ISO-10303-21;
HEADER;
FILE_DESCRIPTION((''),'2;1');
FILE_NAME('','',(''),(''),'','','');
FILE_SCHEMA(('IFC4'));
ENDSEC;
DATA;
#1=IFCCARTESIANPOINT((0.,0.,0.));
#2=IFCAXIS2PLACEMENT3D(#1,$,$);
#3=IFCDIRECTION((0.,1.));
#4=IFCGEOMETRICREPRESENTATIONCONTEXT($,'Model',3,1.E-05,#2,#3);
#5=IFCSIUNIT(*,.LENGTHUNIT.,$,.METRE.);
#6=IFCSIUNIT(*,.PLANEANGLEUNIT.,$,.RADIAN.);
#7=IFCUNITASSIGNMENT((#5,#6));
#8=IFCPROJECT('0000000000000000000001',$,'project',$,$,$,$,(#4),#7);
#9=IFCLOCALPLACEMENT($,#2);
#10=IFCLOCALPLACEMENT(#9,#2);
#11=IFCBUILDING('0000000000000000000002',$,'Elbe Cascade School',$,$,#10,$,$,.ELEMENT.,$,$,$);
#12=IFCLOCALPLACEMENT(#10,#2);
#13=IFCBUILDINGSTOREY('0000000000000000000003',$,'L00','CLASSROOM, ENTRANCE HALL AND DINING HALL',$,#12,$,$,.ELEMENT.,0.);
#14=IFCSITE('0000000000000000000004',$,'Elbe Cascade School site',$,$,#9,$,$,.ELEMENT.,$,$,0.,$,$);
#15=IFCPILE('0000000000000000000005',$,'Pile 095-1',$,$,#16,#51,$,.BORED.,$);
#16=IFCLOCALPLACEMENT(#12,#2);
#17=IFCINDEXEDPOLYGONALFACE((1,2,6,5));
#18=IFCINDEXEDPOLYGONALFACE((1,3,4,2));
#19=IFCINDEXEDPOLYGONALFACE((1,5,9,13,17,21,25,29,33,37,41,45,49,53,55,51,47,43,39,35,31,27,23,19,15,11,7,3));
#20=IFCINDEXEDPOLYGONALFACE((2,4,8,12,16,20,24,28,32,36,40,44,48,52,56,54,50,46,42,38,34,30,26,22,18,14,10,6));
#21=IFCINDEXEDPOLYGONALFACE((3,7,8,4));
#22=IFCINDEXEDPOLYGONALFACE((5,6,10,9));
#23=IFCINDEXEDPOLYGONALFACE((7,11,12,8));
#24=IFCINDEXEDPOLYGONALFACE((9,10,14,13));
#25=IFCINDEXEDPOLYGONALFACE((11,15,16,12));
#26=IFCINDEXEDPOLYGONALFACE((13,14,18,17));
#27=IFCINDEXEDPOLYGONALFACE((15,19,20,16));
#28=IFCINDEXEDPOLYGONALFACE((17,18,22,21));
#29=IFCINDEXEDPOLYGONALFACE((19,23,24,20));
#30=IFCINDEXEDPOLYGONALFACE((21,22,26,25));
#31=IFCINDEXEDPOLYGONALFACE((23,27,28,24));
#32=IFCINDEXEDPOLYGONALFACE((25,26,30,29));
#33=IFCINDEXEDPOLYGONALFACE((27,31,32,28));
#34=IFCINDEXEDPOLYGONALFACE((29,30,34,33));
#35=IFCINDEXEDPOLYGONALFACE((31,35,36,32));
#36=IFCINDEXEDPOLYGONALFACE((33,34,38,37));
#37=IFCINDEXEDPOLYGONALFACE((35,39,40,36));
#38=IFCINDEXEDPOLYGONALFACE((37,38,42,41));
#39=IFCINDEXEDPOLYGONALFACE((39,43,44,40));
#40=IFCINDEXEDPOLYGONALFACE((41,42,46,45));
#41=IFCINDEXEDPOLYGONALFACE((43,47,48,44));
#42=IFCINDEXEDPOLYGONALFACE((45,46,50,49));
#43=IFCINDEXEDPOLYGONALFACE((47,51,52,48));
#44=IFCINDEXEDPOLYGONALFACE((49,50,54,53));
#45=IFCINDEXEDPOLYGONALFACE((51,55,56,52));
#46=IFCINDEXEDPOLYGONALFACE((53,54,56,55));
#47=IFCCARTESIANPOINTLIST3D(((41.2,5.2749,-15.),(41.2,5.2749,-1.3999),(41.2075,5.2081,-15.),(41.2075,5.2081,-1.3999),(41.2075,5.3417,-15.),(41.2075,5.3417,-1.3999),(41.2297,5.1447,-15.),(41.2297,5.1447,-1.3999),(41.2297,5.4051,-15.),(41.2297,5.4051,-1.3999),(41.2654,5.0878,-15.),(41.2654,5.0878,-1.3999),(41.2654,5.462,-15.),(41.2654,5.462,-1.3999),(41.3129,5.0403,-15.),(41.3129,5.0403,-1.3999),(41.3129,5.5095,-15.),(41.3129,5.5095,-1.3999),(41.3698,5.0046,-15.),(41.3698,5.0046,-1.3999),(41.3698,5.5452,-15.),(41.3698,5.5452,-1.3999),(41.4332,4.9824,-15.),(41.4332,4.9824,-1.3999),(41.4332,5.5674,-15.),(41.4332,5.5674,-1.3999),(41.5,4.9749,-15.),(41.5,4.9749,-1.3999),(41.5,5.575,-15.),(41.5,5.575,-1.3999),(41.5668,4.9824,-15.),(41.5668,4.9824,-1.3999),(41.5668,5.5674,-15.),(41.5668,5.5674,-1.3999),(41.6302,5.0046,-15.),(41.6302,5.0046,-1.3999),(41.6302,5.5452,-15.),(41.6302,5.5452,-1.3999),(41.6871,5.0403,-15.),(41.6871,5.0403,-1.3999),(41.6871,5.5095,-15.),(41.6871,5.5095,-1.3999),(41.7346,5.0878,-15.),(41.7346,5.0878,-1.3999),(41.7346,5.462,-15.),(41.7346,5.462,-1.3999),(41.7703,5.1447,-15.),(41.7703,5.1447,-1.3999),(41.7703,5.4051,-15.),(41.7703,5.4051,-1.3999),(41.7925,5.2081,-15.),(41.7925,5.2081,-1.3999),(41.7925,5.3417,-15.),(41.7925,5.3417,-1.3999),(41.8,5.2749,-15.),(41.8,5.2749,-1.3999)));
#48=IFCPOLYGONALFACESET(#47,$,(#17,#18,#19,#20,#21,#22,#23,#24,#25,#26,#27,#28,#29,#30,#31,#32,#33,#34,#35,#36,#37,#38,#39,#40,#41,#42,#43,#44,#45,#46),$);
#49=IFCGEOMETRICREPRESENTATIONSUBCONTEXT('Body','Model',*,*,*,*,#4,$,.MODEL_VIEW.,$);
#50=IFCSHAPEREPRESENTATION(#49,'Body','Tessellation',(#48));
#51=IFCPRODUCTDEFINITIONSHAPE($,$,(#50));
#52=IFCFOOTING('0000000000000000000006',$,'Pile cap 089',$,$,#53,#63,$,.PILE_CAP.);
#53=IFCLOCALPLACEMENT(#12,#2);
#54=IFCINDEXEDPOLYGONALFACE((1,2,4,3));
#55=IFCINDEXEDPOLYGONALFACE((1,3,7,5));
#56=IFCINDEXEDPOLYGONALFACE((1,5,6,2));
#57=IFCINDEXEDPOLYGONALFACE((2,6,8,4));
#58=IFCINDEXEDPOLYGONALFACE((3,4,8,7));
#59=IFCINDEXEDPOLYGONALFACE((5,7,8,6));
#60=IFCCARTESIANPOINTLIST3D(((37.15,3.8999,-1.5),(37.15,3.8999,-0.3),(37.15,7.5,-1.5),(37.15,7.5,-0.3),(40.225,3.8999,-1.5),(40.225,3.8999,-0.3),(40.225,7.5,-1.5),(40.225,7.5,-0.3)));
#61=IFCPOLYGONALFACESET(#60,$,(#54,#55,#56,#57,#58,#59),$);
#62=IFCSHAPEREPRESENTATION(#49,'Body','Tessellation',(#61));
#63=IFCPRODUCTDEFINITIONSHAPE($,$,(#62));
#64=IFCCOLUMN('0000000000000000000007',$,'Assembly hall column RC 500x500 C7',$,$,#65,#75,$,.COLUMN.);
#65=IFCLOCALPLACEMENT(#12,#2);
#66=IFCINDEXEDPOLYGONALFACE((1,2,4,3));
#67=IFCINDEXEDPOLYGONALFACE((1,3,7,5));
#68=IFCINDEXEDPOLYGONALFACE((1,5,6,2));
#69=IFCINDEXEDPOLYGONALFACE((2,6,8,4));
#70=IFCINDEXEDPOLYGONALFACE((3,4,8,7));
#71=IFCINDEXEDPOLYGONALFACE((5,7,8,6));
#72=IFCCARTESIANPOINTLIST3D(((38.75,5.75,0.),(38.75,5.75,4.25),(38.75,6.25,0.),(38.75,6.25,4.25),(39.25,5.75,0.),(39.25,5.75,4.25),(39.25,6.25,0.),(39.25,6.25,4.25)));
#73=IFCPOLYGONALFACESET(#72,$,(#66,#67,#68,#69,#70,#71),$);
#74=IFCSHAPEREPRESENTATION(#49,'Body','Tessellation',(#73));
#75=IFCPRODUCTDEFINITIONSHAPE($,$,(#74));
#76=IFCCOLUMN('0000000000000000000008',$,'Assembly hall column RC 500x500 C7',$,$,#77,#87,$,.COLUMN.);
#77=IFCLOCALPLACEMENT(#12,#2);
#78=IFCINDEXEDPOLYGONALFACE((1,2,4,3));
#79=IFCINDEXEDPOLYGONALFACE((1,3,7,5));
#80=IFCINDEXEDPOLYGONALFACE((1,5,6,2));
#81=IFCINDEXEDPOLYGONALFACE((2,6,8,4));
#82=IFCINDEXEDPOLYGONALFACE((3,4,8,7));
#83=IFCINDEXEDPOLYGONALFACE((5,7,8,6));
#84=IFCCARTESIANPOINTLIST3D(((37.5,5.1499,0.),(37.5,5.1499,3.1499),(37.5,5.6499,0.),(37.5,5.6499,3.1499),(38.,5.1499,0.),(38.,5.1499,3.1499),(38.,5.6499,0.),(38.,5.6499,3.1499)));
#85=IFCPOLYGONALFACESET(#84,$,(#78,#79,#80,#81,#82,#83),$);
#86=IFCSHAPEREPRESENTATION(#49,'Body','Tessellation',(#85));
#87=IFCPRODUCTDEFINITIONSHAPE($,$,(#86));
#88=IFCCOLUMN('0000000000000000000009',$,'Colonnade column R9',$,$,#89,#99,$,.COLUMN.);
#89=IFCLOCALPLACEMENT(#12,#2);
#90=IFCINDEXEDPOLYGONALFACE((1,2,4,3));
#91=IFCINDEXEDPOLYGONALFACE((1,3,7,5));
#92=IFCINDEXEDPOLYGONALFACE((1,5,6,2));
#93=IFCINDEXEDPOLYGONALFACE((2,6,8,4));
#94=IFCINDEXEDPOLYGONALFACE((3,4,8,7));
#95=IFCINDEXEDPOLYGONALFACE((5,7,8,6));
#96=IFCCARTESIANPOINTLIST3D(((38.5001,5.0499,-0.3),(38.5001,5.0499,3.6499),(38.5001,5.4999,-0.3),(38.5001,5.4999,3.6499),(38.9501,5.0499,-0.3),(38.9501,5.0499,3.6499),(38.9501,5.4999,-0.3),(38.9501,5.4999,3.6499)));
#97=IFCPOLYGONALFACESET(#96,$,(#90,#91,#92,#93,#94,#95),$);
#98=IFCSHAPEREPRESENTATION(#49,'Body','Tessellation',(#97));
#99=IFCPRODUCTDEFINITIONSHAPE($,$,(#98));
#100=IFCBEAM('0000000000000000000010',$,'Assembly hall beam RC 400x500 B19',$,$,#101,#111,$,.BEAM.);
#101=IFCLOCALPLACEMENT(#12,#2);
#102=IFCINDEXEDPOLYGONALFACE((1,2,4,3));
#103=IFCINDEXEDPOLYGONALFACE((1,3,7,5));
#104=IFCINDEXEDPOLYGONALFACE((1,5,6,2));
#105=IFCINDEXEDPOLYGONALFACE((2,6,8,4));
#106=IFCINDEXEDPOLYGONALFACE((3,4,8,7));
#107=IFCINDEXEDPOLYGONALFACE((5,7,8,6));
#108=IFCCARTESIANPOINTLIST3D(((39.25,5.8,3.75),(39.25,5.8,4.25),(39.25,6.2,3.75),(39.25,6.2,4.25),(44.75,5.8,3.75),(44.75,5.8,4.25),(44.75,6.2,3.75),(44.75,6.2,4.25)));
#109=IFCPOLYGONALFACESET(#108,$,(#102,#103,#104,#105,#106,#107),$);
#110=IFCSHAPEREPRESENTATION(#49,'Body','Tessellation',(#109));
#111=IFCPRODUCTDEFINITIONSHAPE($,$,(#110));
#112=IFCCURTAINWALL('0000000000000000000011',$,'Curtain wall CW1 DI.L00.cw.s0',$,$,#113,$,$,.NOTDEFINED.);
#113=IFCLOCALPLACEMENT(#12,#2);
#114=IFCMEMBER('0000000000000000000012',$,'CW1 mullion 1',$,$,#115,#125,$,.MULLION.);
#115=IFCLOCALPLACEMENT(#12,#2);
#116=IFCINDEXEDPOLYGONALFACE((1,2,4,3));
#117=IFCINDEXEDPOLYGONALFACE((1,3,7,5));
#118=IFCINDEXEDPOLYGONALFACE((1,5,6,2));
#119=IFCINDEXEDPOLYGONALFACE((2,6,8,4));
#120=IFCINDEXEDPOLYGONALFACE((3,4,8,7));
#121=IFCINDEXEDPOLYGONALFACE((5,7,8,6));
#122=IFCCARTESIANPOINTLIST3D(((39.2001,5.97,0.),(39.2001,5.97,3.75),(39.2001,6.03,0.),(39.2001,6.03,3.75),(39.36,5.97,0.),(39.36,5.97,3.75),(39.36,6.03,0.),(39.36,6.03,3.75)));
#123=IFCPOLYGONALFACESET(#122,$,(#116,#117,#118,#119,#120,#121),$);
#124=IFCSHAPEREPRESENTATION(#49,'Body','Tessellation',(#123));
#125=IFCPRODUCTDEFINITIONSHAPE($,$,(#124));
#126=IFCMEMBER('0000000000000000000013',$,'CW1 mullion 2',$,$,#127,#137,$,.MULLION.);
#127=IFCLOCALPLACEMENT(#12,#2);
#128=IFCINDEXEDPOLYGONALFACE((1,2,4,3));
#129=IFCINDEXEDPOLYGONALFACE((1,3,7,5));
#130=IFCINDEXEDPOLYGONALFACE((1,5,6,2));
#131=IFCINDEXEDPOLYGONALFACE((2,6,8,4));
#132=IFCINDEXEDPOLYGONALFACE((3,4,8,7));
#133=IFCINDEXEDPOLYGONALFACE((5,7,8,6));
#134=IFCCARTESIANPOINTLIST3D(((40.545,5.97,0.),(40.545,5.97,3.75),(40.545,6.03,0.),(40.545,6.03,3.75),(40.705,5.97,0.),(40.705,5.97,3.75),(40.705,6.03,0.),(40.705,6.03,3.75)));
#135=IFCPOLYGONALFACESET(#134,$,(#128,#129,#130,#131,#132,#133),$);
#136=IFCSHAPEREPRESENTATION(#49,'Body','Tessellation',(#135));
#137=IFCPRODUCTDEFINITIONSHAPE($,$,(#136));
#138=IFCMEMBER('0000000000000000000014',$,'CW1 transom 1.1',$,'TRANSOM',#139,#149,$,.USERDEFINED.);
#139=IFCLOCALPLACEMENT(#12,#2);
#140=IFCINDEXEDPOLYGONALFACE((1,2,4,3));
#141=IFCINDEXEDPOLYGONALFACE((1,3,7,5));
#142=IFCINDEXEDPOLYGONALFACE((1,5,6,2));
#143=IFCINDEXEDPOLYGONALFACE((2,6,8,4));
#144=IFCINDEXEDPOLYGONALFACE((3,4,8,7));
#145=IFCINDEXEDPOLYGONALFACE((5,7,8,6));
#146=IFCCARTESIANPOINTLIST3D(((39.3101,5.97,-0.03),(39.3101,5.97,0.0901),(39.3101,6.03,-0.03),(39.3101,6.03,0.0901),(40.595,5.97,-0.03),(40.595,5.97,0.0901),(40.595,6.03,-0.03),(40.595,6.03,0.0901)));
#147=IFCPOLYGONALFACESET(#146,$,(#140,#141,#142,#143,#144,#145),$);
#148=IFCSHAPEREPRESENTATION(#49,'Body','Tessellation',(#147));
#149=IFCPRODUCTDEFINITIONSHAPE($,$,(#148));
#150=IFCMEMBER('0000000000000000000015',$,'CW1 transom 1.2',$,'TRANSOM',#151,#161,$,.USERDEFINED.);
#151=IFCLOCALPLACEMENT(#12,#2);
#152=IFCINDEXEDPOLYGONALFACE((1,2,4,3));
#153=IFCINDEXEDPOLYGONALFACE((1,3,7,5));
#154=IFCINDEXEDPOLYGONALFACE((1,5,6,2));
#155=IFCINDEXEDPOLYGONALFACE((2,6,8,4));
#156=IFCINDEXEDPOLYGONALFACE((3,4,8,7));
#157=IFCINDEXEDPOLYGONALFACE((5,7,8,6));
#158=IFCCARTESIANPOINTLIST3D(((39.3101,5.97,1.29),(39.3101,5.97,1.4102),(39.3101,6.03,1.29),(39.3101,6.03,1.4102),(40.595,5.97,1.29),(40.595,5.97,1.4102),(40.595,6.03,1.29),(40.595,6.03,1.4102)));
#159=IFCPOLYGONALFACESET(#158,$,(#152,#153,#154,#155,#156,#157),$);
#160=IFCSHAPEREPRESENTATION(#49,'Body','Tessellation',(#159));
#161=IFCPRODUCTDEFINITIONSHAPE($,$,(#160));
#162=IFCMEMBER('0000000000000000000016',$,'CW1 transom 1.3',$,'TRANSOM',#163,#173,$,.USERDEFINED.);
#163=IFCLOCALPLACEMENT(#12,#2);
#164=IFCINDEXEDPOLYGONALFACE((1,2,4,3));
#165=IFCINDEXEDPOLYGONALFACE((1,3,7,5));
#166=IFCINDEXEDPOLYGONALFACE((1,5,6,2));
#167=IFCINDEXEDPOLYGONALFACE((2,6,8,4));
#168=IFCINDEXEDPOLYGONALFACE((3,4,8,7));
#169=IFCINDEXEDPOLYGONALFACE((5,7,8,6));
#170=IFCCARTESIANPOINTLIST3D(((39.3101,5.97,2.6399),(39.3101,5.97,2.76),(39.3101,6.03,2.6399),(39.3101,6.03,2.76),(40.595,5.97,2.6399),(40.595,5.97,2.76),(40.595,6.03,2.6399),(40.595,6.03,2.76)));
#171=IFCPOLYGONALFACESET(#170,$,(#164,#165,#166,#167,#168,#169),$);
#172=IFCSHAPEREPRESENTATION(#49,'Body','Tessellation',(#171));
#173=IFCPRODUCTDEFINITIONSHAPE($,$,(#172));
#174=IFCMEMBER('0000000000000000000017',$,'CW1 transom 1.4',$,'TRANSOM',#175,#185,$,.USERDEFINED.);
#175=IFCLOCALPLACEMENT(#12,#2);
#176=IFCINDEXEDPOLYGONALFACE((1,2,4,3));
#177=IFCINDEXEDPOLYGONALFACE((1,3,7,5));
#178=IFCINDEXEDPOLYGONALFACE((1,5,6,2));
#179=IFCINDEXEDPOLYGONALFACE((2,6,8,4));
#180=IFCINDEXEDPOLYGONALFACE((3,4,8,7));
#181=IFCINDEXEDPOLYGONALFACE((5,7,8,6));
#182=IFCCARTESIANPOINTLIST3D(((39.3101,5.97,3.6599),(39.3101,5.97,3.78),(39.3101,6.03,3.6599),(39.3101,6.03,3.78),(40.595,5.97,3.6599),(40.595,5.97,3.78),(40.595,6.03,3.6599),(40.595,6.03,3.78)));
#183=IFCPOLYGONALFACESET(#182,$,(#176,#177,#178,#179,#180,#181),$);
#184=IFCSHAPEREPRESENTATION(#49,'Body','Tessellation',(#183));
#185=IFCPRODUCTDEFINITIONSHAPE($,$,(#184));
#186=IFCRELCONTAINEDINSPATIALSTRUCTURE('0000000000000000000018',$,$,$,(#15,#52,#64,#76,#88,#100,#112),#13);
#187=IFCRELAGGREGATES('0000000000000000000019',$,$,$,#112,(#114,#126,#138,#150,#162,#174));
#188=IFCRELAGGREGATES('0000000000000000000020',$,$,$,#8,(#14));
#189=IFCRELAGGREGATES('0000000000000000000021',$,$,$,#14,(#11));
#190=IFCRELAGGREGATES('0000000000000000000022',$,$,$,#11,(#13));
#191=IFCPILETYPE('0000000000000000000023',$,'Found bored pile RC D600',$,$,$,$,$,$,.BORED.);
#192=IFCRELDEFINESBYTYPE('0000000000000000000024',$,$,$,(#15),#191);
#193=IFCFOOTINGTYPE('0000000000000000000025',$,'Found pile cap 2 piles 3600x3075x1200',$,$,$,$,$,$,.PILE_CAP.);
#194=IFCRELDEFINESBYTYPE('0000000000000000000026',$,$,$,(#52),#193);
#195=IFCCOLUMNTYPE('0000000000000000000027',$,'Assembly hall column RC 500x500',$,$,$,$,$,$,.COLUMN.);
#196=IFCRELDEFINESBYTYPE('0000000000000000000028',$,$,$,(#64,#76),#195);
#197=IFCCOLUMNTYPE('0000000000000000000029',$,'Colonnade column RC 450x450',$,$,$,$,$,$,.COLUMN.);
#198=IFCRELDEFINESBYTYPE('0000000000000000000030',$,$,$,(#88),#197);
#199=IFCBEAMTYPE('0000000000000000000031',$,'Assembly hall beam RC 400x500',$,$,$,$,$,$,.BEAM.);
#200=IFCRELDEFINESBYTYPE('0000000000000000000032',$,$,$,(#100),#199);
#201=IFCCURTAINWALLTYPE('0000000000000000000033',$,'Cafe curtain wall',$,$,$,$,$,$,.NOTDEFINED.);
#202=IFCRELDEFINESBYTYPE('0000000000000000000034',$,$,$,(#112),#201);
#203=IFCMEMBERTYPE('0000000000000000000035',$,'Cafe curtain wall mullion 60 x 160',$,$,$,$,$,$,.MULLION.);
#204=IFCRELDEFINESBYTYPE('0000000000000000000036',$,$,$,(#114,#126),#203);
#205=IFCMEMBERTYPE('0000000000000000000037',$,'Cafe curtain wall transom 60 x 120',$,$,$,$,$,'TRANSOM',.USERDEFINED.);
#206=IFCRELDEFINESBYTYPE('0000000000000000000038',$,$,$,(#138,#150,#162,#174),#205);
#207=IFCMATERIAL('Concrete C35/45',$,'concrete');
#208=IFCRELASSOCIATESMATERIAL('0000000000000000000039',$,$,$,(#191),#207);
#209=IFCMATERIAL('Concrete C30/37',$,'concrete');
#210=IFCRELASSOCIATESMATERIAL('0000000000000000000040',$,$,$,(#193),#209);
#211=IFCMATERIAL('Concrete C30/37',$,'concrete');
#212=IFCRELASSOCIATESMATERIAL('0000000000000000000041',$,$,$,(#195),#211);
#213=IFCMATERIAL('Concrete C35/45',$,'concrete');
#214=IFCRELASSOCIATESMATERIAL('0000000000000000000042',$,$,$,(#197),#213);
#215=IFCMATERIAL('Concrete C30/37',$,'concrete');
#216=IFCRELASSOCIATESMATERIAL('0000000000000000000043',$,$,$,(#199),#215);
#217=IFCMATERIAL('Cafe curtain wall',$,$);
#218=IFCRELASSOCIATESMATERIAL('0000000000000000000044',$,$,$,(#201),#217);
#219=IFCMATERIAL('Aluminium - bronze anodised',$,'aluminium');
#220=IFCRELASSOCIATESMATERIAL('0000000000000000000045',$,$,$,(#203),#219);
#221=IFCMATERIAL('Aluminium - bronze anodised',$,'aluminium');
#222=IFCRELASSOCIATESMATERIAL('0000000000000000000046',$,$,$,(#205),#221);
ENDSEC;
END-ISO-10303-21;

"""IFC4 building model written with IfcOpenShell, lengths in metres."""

from ifc_helpers import new_model, si_unit, direction, frame, origin, origin_2d, place, context, subcontext, project, spatial, rectangle, circle, extrude, material, material_profile, profile_set, type_object, element, aggregate, save


model = new_model("IFC4")

# Units and contexts
model_context = context("Model", 3, precision=1e-05, world=origin(), true_north=direction((0.0, 1.0)))
body_context = subcontext(model_context, "Body", "Model", "MODEL_VIEW")
ifc_project = project(units=[si_unit("LENGTHUNIT", "METRE"), si_unit("PLANEANGLEUNIT", "RADIAN")], contexts=[model_context])

# Site, building, storey
site_placement = place(None, origin())
site = spatial("IfcSite", under=ifc_project, at=site_placement, Name="Elbe Cascade School site", CompositionType="ELEMENT", RefElevation=0.0)
building_placement = place(site_placement, origin())
building = spatial("IfcBuilding", under=site, at=building_placement, Name="Elbe Cascade School", CompositionType="ELEMENT")
storey_placement = place(building_placement, origin())
storey = spatial("IfcBuildingStorey", under=building, at=storey_placement, Name="L00", Description="CLASSROOM, ENTRANCE HALL AND DINING HALL", CompositionType="ELEMENT", Elevation=0.0)

# Pile
ifc_material_1 = material(Name="Concrete C35/45", Category="concrete")
ifc_material_profile_1 = material_profile(ifc_material_1, circle(Radius=0.3, at=origin_2d()), Name="RC D600")
ifc_profile_set_1 = profile_set([ifc_material_profile_1], Name="Concrete C35/45")
pile_type = type_object("IfcPileType", Name="Found bored pile RC D600", PredefinedType="BORED", material=ifc_profile_set_1)
pile_placement = place(storey_placement, frame((41.5, 5.2749, -1.3999), z_axis=(0.0, 0.0, -1.0), x_axis=(1.0, 0.0, 0.0)))
element("IfcPile", 1, at=pile_placement, inside=storey, type_object=pile_type, Name="Pile 095-1", PredefinedType="BORED", context=body_context, shape_type="SweptSolid", body=[
    extrude(circle(Radius=0.3, at=origin_2d()), origin(), (0.0, 0.0, 1.0), 13.6001),
])

# Footing
ifc_material_2 = material(Name="Concrete C30/37", Category="concrete")
footing_type = type_object("IfcFootingType", Name="Found pile cap 2 piles 3600x3075x1200", PredefinedType="PILE_CAP", material=ifc_material_2)
footing_placement = place(storey_placement, frame((38.6875, 5.7, -1.5), z_axis=(0.0, 0.0, 1.0), x_axis=(1.0, 0.0, 0.0)))
element("IfcFooting", 2, at=footing_placement, inside=storey, type_object=footing_type, Name="Pile cap 089", PredefinedType="PILE_CAP", context=body_context, shape_type="SweptSolid", body=[
    extrude(rectangle(XDim=3.075, YDim=3.6001, at=origin_2d()), origin(), (0.0, 0.0, 1.0), 1.2),
])

# Columns
ifc_material_3 = material(Name="Concrete C30/37", Category="concrete")
ifc_material_profile_2 = material_profile(ifc_material_3, rectangle(XDim=0.5, YDim=0.5, at=origin_2d()), Name="RC 500x500")
ifc_profile_set_2 = profile_set([ifc_material_profile_2], Name="Concrete C30/37")
column_type_1 = type_object("IfcColumnType", Name="Assembly hall column RC 500x500", PredefinedType="COLUMN", material=ifc_profile_set_2)
column_1_placement = place(storey_placement, frame((39.0, 6.0, 0.0), z_axis=(0.0, 0.0, 1.0), x_axis=(1.0, 0.0, 0.0)))
element("IfcColumn", 3, at=column_1_placement, inside=storey, type_object=column_type_1, Name="Assembly hall column RC 500x500 C7", PredefinedType="COLUMN", context=body_context, shape_type="SweptSolid", body=[
    extrude(rectangle(XDim=0.5, YDim=0.5, at=origin_2d()), origin(), (0.0, 0.0, 1.0), 4.25),
])
column_2_placement = place(storey_placement, frame((37.75, 5.3999, 0.0), z_axis=(0.0, 0.0, 1.0), x_axis=(1.0, 0.0, 0.0)))
element("IfcColumn", 4, at=column_2_placement, inside=storey, type_object=column_type_1, Name="Assembly hall column RC 500x500 C7", PredefinedType="COLUMN", context=body_context, shape_type="SweptSolid", body=[
    extrude(rectangle(XDim=0.5, YDim=0.5, at=origin_2d()), origin(), (0.0, 0.0, 1.0), 3.1499),
])
ifc_material_4 = material(Name="Concrete C35/45", Category="concrete")
ifc_material_profile_3 = material_profile(ifc_material_4, rectangle(XDim=0.45, YDim=0.45, at=origin_2d()), Name="RC 450x450")
ifc_profile_set_3 = profile_set([ifc_material_profile_3], Name="Concrete C35/45")
column_type_2 = type_object("IfcColumnType", Name="Colonnade column RC 450x450", PredefinedType="COLUMN", material=ifc_profile_set_3)
column_3_placement = place(storey_placement, frame((38.7251, 5.2749, -0.3), z_axis=(0.0, 0.0, 1.0), x_axis=(1.0, 0.0, 0.0)))
element("IfcColumn", 5, at=column_3_placement, inside=storey, type_object=column_type_2, Name="Colonnade column R9", PredefinedType="COLUMN", context=body_context, shape_type="SweptSolid", body=[
    extrude(rectangle(XDim=0.45, YDim=0.45, at=origin_2d()), origin(), (0.0, 0.0, 1.0), 3.95),
])

# Beam
ifc_material_5 = material(Name="Concrete C30/37", Category="concrete")
ifc_material_profile_4 = material_profile(ifc_material_5, rectangle(XDim=0.3999, YDim=0.5, at=origin_2d()), Name="RC 400x500")
ifc_profile_set_4 = profile_set([ifc_material_profile_4], Name="Concrete C30/37")
beam_type_1 = type_object("IfcBeamType", Name="Assembly hall beam RC 400x500", PredefinedType="BEAM", material=ifc_profile_set_4)
beam_1_placement = place(storey_placement, frame((39.25, 6.0, 4.0), z_axis=(1.0, 0.0, 0.0), x_axis=(0.0, 1.0, 0.0)))
element("IfcBeam", 6, at=beam_1_placement, inside=storey, type_object=beam_type_1, Name="Assembly hall beam RC 400x500 B19", PredefinedType="BEAM", context=body_context, shape_type="SweptSolid", body=[
    extrude(rectangle(XDim=0.3999, YDim=0.5, at=origin_2d()), origin(), (0.0, 0.0, 1.0), 5.5),
])

# Curtain wall, members
ifc_material_6 = material(Name="Cafe curtain wall")
curtain_wall_type = type_object("IfcCurtainWallType", Name="Cafe curtain wall", PredefinedType="NOTDEFINED", material=ifc_material_6)
curtain_wall_placement = place(storey_placement, origin())
curtain_wall = element("IfcCurtainWall", 7, at=curtain_wall_placement, inside=storey, type_object=curtain_wall_type, Name="Curtain wall CW1 DI.L00.cw.s0", PredefinedType="NOTDEFINED")
ifc_material_7 = material(Name="Aluminium - bronze anodised", Category="aluminium")
ifc_material_profile_5 = material_profile(ifc_material_7, rectangle(XDim=0.0601, YDim=0.1599, at=origin_2d()), Name="RECT 60x160")
ifc_profile_set_5 = profile_set([ifc_material_profile_5], Name="Aluminium - bronze anodised")
member_type_1 = type_object("IfcMemberType", Name="Cafe curtain wall mullion 60 x 160", PredefinedType="MULLION", material=ifc_profile_set_5)
member_1_placement = place(storey_placement, frame((39.28, 6.0, 0.0), z_axis=(0.0, 0.0, 1.0), x_axis=(0.0, 1.0, 0.0)))
member_1 = element("IfcMember", 8, at=member_1_placement, type_object=member_type_1, Name="CW1 mullion 1", PredefinedType="MULLION", context=body_context, shape_type="SweptSolid", body=[
    extrude(rectangle(XDim=0.0601, YDim=0.1599, at=origin_2d()), origin(), (0.0, 0.0, 1.0), 3.75),
])
member_2_placement = place(storey_placement, frame((40.625, 6.0, 0.0), z_axis=(0.0, 0.0, 1.0), x_axis=(0.0, 1.0, 0.0)))
member_2 = element("IfcMember", 9, at=member_2_placement, type_object=member_type_1, Name="CW1 mullion 2", PredefinedType="MULLION", context=body_context, shape_type="SweptSolid", body=[
    extrude(rectangle(XDim=0.0601, YDim=0.1599, at=origin_2d()), origin(), (0.0, 0.0, 1.0), 3.75),
])
ifc_material_8 = material(Name="Aluminium - bronze anodised", Category="aluminium")
ifc_material_profile_6 = material_profile(ifc_material_8, rectangle(XDim=0.0601, YDim=0.1201, at=origin_2d()), Name="RECT 60x120")
ifc_profile_set_6 = profile_set([ifc_material_profile_6], Name="Aluminium - bronze anodised")
member_type_2 = type_object("IfcMemberType", Name="Cafe curtain wall transom 60 x 120", ElementType="TRANSOM", PredefinedType="USERDEFINED", material=ifc_profile_set_6)
member_3_placement = place(storey_placement, frame((39.3101, 6.0, 0.03), z_axis=(1.0, 0.0, 0.0), x_axis=(0.0, 1.0, 0.0)))
member_3 = element("IfcMember", 10, at=member_3_placement, type_object=member_type_2, Name="CW1 transom 1.1", ObjectType="TRANSOM", PredefinedType="USERDEFINED", context=body_context, shape_type="SweptSolid", body=[
    extrude(rectangle(XDim=0.0601, YDim=0.1201, at=origin_2d()), origin(), (0.0, 0.0, 1.0), 1.2849),
])
member_4_placement = place(storey_placement, frame((39.3101, 6.0, 1.3501), z_axis=(1.0, 0.0, 0.0), x_axis=(0.0, 1.0, 0.0)))
member_4 = element("IfcMember", 11, at=member_4_placement, type_object=member_type_2, Name="CW1 transom 1.2", ObjectType="TRANSOM", PredefinedType="USERDEFINED", context=body_context, shape_type="SweptSolid", body=[
    extrude(rectangle(XDim=0.0601, YDim=0.1201, at=origin_2d()), origin(), (0.0, 0.0, 1.0), 1.2849),
])
member_5_placement = place(storey_placement, frame((39.3101, 6.0, 2.7), z_axis=(1.0, 0.0, 0.0), x_axis=(0.0, 1.0, 0.0)))
member_5 = element("IfcMember", 12, at=member_5_placement, type_object=member_type_2, Name="CW1 transom 1.3", ObjectType="TRANSOM", PredefinedType="USERDEFINED", context=body_context, shape_type="SweptSolid", body=[
    extrude(rectangle(XDim=0.0601, YDim=0.1201, at=origin_2d()), origin(), (0.0, 0.0, 1.0), 1.2849),
])
member_6_placement = place(storey_placement, frame((39.3101, 6.0, 3.72), z_axis=(1.0, 0.0, 0.0), x_axis=(0.0, 1.0, 0.0)))
member_6 = element("IfcMember", 13, at=member_6_placement, type_object=member_type_2, Name="CW1 transom 1.4", ObjectType="TRANSOM", PredefinedType="USERDEFINED", context=body_context, shape_type="SweptSolid", body=[
    extrude(rectangle(XDim=0.0601, YDim=0.1201, at=origin_2d()), origin(), (0.0, 0.0, 1.0), 1.2849),
])

aggregate(curtain_wall, [member_1, member_2, member_3, member_4, member_5, member_6])

save(model, "model.ifc")
